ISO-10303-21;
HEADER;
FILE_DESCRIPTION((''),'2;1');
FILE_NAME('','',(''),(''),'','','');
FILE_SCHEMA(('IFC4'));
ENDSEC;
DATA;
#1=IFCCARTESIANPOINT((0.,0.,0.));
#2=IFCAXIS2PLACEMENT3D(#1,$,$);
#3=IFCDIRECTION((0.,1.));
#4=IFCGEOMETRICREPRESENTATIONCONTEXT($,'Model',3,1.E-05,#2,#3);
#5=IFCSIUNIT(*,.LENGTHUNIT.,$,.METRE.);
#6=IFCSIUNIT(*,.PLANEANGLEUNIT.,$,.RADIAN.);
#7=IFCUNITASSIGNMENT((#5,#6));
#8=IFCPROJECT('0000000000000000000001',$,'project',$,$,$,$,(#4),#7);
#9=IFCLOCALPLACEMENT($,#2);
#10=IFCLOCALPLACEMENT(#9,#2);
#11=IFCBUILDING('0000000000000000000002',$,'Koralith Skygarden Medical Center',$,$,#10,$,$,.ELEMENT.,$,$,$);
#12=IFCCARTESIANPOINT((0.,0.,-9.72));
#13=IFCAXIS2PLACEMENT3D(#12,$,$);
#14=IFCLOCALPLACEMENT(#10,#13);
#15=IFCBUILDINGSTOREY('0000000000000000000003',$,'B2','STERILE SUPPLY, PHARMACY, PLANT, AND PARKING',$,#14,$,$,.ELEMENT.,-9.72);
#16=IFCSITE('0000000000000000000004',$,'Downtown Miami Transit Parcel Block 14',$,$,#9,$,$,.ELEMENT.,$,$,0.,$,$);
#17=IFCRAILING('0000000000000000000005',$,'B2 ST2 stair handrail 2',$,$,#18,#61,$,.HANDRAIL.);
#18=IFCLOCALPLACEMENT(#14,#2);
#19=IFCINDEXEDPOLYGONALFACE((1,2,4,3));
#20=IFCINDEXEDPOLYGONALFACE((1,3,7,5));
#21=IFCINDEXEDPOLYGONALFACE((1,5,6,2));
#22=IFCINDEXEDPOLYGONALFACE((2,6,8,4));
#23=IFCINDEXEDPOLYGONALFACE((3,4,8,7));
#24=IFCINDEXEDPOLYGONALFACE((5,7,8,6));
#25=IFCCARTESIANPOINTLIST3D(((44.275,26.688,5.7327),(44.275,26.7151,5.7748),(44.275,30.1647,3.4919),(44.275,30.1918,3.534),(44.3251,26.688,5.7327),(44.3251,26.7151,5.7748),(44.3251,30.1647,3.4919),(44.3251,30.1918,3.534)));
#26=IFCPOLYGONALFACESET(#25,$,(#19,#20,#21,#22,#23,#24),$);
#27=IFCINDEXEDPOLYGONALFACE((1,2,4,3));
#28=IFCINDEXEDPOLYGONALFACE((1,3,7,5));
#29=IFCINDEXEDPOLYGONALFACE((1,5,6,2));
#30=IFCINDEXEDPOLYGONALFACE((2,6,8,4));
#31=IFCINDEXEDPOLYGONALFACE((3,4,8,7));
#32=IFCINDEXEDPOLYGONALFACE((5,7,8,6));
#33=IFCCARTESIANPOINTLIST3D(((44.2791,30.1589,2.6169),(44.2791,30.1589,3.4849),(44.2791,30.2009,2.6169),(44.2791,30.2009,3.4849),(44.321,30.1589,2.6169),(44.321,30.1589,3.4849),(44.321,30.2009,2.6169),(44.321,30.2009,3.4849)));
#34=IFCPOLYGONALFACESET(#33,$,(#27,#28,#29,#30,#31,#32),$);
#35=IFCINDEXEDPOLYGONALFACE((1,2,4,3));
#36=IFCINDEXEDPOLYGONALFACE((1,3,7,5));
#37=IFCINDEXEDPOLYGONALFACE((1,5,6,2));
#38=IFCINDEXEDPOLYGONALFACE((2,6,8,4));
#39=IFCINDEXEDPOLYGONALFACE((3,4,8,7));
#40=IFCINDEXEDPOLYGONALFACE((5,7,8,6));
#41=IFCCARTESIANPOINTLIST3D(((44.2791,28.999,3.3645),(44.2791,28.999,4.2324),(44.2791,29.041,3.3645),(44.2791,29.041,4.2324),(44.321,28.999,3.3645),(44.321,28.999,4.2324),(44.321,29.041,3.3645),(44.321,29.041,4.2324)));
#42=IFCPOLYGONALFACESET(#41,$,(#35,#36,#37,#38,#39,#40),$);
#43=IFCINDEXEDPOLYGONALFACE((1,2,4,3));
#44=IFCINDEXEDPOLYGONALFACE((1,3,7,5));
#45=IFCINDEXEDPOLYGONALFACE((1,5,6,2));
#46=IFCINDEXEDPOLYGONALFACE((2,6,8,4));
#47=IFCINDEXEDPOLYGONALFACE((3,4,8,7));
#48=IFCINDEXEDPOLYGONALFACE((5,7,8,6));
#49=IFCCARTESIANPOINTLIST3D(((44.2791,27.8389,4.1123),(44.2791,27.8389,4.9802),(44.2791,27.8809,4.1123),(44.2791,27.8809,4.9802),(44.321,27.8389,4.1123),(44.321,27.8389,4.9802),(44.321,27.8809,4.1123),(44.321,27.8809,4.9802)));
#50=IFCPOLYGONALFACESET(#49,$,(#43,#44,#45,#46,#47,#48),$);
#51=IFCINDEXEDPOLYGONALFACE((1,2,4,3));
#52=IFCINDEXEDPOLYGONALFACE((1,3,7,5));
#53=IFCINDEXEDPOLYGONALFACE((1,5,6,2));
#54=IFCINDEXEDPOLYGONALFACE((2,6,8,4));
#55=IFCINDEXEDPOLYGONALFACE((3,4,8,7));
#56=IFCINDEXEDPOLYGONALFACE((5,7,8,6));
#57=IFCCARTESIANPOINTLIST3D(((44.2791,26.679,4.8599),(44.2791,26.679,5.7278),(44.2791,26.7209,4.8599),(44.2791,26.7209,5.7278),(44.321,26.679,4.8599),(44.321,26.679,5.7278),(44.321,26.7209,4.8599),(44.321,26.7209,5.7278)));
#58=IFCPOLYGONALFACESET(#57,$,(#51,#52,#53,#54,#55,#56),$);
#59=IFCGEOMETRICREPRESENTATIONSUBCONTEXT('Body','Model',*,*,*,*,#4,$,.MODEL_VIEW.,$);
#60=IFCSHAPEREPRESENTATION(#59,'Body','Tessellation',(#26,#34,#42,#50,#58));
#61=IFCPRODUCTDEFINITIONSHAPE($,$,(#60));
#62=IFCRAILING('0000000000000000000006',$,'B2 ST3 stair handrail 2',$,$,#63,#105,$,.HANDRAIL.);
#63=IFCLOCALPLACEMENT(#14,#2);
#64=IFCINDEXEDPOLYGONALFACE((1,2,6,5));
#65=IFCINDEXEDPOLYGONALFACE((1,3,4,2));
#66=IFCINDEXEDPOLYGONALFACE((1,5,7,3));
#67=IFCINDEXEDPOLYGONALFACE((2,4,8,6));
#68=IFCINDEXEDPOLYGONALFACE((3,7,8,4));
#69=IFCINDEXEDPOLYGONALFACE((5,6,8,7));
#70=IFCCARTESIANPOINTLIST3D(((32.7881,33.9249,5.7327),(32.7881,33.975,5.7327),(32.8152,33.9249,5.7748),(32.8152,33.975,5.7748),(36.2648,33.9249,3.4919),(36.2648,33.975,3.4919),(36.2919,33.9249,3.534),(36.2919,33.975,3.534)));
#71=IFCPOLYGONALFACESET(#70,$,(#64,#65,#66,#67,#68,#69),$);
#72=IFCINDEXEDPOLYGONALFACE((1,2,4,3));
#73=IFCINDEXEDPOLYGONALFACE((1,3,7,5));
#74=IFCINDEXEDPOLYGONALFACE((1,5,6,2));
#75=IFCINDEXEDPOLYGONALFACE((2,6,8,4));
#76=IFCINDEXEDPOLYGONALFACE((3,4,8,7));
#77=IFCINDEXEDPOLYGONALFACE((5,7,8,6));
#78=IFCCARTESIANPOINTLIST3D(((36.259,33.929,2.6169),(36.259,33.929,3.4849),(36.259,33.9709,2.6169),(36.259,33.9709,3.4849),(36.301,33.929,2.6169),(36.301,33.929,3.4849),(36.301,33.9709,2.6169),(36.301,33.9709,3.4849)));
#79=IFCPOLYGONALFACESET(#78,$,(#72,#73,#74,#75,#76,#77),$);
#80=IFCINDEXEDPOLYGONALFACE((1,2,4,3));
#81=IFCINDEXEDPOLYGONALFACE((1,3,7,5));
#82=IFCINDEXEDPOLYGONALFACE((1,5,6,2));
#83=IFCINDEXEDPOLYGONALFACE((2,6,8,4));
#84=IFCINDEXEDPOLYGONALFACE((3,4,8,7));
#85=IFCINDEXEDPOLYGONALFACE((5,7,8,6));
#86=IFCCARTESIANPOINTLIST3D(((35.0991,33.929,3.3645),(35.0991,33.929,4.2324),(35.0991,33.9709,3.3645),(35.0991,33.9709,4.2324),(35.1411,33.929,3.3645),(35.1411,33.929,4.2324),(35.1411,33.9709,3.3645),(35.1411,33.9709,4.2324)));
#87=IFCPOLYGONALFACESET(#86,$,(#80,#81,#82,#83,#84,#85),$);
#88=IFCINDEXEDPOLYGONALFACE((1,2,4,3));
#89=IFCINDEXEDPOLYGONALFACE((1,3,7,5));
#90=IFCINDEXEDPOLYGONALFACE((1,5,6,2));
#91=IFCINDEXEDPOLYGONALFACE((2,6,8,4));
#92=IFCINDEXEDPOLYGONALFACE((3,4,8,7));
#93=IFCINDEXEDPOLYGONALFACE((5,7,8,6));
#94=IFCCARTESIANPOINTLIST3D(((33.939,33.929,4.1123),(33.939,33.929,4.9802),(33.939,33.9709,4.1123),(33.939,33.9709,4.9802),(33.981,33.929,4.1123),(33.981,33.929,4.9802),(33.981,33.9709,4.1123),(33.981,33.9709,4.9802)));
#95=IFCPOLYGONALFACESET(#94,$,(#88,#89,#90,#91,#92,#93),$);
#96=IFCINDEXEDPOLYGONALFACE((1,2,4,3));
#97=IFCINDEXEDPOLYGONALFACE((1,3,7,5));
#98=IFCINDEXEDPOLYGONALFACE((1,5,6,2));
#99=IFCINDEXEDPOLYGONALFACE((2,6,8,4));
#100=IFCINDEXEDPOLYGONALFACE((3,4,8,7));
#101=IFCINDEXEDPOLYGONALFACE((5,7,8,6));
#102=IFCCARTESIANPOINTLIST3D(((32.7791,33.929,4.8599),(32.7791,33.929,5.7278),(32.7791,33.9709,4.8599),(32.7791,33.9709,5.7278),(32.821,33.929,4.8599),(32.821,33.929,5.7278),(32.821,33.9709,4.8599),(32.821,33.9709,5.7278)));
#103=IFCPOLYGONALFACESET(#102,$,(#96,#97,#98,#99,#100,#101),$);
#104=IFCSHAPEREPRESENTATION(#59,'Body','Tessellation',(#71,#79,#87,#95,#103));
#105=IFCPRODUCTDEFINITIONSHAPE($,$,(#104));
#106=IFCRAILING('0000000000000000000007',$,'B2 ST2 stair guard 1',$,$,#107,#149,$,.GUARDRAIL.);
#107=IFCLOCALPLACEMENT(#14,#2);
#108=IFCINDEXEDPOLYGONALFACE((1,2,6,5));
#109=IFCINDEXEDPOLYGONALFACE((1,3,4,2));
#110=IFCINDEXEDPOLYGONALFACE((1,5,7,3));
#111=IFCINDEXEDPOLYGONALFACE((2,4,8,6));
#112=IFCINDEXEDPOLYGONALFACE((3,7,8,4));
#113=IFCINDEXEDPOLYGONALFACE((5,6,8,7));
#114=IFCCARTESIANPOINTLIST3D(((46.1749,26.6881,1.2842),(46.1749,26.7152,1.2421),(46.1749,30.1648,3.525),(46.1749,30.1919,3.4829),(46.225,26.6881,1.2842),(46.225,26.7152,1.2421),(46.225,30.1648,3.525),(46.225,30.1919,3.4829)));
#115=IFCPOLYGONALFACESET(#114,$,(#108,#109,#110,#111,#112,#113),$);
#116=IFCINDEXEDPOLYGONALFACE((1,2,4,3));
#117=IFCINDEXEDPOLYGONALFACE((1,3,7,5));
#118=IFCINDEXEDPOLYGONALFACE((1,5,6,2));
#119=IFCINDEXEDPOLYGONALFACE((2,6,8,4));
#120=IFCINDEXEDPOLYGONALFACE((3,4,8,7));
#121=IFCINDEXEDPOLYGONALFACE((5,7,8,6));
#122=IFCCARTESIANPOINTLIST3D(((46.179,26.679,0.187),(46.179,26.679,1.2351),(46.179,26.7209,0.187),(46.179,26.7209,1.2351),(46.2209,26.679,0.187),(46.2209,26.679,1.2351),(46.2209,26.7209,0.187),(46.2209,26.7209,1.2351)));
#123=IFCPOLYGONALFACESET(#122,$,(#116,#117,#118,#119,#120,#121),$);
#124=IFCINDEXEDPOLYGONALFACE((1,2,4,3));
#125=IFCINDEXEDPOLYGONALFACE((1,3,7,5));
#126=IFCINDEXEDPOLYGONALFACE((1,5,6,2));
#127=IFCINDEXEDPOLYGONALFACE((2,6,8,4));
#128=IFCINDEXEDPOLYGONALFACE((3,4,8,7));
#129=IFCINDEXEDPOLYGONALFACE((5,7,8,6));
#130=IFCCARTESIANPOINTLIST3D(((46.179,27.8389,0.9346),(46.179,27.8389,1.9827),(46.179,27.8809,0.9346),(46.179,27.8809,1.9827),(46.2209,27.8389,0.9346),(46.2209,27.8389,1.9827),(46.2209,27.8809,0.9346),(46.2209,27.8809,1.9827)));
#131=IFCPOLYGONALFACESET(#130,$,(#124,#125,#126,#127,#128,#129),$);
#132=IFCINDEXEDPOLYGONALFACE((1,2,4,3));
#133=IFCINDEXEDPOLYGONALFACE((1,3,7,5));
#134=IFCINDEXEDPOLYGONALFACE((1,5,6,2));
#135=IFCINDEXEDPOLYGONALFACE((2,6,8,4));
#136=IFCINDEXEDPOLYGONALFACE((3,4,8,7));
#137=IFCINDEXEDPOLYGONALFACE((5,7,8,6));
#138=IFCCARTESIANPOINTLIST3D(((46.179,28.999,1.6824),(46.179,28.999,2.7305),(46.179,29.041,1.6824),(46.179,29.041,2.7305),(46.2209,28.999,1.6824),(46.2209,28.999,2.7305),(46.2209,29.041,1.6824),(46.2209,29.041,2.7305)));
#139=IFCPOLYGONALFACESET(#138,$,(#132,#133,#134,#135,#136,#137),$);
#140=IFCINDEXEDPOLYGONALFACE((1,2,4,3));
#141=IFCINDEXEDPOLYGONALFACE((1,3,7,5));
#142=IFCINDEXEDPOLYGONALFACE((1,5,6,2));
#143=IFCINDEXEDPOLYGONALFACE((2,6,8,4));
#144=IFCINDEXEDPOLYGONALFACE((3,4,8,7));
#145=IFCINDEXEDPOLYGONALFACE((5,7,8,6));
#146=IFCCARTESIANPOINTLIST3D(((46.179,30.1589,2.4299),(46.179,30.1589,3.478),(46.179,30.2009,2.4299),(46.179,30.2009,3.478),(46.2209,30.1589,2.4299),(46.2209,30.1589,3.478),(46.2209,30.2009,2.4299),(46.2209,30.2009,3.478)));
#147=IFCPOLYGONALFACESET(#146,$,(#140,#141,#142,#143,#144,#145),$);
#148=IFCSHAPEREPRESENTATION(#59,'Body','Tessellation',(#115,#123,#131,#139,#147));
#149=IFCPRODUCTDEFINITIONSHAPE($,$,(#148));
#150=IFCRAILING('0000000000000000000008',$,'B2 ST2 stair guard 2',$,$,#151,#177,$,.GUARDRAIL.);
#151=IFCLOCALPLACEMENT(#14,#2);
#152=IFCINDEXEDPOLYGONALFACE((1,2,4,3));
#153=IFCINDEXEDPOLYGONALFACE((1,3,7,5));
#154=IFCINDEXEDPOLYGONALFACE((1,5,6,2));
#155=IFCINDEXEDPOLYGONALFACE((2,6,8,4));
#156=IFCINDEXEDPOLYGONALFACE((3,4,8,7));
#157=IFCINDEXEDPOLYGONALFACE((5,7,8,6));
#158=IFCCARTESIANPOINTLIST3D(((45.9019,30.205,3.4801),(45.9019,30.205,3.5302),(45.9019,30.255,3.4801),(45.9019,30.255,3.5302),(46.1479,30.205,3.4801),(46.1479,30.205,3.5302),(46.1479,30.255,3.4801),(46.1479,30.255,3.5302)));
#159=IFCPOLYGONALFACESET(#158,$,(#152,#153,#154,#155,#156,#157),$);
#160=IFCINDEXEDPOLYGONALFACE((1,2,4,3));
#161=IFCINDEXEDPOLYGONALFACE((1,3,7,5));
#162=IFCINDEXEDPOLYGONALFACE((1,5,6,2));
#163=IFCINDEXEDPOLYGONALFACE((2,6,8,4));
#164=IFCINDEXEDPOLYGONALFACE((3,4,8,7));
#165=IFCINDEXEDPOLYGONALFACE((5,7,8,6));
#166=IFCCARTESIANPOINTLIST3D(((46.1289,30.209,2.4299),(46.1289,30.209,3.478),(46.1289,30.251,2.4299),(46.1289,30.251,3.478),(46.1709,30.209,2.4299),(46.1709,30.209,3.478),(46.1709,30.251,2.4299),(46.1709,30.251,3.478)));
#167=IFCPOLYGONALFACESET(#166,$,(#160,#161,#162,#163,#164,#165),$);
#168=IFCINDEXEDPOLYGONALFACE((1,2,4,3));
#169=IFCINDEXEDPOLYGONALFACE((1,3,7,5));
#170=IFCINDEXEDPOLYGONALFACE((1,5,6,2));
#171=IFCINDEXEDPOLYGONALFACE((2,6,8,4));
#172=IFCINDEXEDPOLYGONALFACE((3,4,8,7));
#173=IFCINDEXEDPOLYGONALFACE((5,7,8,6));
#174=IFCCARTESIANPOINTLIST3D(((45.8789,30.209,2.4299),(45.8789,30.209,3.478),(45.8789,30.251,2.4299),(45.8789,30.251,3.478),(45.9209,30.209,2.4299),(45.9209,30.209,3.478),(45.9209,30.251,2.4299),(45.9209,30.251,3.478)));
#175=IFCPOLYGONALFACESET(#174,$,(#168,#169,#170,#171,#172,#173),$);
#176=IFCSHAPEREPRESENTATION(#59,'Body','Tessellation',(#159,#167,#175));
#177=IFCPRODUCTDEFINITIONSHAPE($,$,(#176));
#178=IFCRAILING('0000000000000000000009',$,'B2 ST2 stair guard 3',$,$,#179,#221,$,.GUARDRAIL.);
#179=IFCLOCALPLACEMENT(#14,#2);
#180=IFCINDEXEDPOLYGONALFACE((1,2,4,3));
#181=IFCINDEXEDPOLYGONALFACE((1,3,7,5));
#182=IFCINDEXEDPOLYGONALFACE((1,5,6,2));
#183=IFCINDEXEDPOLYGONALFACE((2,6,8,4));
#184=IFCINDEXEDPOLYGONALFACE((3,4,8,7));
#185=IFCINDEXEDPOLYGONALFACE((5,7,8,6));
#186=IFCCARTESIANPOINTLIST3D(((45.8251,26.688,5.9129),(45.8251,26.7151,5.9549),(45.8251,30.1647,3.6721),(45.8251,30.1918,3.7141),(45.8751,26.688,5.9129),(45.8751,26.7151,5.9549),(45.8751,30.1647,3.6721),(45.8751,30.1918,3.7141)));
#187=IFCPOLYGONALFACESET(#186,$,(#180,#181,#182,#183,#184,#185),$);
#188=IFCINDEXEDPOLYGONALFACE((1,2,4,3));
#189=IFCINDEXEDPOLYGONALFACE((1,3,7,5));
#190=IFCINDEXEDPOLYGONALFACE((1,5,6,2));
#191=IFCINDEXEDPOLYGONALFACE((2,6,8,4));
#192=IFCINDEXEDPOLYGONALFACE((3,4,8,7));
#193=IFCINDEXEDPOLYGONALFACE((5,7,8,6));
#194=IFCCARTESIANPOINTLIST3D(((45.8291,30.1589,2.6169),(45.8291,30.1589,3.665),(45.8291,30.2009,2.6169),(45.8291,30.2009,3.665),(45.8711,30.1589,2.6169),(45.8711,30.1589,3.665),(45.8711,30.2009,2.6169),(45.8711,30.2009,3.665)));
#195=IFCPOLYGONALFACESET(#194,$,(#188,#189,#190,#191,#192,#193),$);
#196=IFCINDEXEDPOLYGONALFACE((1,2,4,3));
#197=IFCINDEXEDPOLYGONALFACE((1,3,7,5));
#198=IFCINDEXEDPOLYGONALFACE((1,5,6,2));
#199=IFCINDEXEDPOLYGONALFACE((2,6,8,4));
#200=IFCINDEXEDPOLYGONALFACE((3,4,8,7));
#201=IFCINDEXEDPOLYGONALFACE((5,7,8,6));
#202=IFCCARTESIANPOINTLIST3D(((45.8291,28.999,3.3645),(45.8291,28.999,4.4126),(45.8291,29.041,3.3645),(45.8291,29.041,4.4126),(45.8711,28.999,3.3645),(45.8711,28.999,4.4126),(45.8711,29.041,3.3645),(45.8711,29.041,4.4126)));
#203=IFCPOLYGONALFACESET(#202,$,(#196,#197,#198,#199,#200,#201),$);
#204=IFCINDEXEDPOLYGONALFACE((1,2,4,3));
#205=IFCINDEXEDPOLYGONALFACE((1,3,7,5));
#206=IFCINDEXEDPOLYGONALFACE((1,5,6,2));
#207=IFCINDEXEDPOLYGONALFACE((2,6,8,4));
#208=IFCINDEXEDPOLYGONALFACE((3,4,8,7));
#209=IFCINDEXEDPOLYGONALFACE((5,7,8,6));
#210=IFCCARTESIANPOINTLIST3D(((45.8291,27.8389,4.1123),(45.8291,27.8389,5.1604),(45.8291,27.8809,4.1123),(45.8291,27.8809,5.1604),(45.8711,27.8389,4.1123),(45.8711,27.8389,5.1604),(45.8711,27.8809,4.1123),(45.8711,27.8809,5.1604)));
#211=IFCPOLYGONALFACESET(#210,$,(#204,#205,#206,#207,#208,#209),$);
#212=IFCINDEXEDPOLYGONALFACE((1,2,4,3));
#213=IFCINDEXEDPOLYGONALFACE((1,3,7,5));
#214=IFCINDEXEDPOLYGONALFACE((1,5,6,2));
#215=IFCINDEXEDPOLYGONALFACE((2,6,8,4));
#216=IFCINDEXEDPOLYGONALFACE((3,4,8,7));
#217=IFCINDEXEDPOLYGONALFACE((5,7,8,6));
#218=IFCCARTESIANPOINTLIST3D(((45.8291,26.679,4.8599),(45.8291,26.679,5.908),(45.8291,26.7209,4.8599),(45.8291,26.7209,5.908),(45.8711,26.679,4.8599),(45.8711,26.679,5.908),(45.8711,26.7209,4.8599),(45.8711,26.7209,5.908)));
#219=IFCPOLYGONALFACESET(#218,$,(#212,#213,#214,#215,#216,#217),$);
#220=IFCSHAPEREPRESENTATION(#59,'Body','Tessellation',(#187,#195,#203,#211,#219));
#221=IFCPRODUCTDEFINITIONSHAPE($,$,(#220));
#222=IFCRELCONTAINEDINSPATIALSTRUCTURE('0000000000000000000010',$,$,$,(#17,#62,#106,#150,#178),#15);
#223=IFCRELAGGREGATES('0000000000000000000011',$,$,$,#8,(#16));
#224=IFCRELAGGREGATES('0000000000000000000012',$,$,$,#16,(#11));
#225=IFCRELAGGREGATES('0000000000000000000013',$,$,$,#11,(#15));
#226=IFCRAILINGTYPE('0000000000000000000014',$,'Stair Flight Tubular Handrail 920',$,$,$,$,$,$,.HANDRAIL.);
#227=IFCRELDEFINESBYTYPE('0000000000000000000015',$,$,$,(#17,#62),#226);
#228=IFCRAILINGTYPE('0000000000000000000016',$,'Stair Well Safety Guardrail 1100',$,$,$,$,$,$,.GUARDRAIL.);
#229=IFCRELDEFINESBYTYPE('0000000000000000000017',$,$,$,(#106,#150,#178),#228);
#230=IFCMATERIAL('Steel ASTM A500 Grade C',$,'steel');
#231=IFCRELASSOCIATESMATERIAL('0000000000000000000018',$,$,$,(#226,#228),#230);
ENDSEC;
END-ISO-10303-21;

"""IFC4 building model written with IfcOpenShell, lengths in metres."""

from ifc_helpers import new_model, si_unit, direction, frame, origin, origin_2d, place, context, subcontext, project, spatial, rectangle, extrude, material, type_object, element, save


model = new_model("IFC4")

# Units and contexts
model_context = context("Model", 3, precision=1e-05, world=origin(), true_north=direction((0.0, 1.0)))
body_context = subcontext(model_context, "Body", "Model", "MODEL_VIEW")
ifc_project = project(units=[si_unit("LENGTHUNIT", "METRE"), si_unit("PLANEANGLEUNIT", "RADIAN")], contexts=[model_context])

# Site, building, storey
site_placement = place(None, origin())
site = spatial("IfcSite", under=ifc_project, at=site_placement, Name="Downtown Miami Transit Parcel Block 14", CompositionType="ELEMENT", RefElevation=0.0)
building_placement = place(site_placement, origin())
building = spatial("IfcBuilding", under=site, at=building_placement, Name="Koralith Skygarden Medical Center", CompositionType="ELEMENT")
storey_placement = place(building_placement, frame((0.0, 0.0, -9.72)))
storey = spatial("IfcBuildingStorey", under=building, at=storey_placement, Name="B2", Description="STERILE SUPPLY, PHARMACY, PLANT, AND PARKING", CompositionType="ELEMENT", Elevation=-9.72)

# Railings
ifc_material_1 = material(Name="Steel ASTM A500 Grade C", Category="steel")
railing_type_1 = type_object("IfcRailingType", Name="Stair Flight Tubular Handrail 920", PredefinedType="HANDRAIL", material=ifc_material_1)
railing_1_placement = place(storey_placement, frame((44.3, 30.1799, 2.6169)))
element("IfcRailing", 1, at=railing_1_placement, inside=storey, type_object=railing_type_1, Name="B2 ST2 stair handrail 2", PredefinedType="HANDRAIL", context=body_context, shape_type="SweptSolid", body=[
    extrude(rectangle(XDim=0.05, YDim=0.05, at=origin_2d()), frame((0.0, -0.0017, 0.896), z_axis=(0.0, -0.840542, 0.541747), x_axis=(1.0, 0.0, 0.0)), (0.0, 0.0, 1.0), 4.1362),
    extrude(rectangle(XDim=0.042, YDim=0.042, at=origin_2d()), origin(), (0.0, 0.0, 1.0), 0.8679),
    extrude(rectangle(XDim=0.042, YDim=0.042, at=origin_2d()), frame((0.0, -1.1599, 0.7476)), (0.0, 0.0, 1.0), 0.8679),
    extrude(rectangle(XDim=0.042, YDim=0.042, at=origin_2d()), frame((0.0, -2.3201, 1.4954)), (0.0, 0.0, 1.0), 0.8679),
    extrude(rectangle(XDim=0.042, YDim=0.042, at=origin_2d()), frame((0.0, -3.48, 2.2429)), (0.0, 0.0, 1.0), 0.8679),
])
railing_2_placement = place(storey_placement, frame((36.28, 33.95, 2.6169)))
element("IfcRailing", 2, at=railing_2_placement, inside=storey, type_object=railing_type_1, Name="B2 ST3 stair handrail 2", PredefinedType="HANDRAIL", context=body_context, shape_type="SweptSolid", body=[
    extrude(rectangle(XDim=0.05, YDim=0.05, at=origin_2d()), frame((-0.0017, 0.0, 0.896), z_axis=(-0.840542, 0.0, 0.541747), x_axis=(0.0, -1.0, 0.0)), (0.0, 0.0, 1.0), 4.1362),
    extrude(rectangle(XDim=0.042, YDim=0.042, at=origin_2d()), origin(), (0.0, 0.0, 1.0), 0.8679),
    extrude(rectangle(XDim=0.042, YDim=0.042, at=origin_2d()), frame((-1.1599, 0.0, 0.7476)), (0.0, 0.0, 1.0), 0.8679),
    extrude(rectangle(XDim=0.042, YDim=0.042, at=origin_2d()), frame((-2.3201, 0.0, 1.4954)), (0.0, 0.0, 1.0), 0.8679),
    extrude(rectangle(XDim=0.042, YDim=0.042, at=origin_2d()), frame((-3.48, 0.0, 2.2429)), (0.0, 0.0, 1.0), 0.8679),
])
railing_type_2 = type_object("IfcRailingType", Name="Stair Well Safety Guardrail 1100", PredefinedType="GUARDRAIL", material=ifc_material_1)
railing_3_placement = place(storey_placement, frame((46.2, 26.7, 0.187)))
element("IfcRailing", 3, at=railing_3_placement, inside=storey, type_object=railing_type_2, Name="B2 ST2 stair guard 1", PredefinedType="GUARDRAIL", context=body_context, shape_type="SweptSolid", body=[
    extrude(rectangle(XDim=0.05, YDim=0.05, at=origin_2d()), frame((0.0, 0.0017, 1.0762), z_axis=(0.0, 0.840542, 0.541747), x_axis=(-1.0, 0.0, 0.0)), (0.0, 0.0, 1.0), 4.1362),
    extrude(rectangle(XDim=0.042, YDim=0.042, at=origin_2d()), origin(), (0.0, 0.0, 1.0), 1.0481),
    extrude(rectangle(XDim=0.042, YDim=0.042, at=origin_2d()), frame((0.0, 1.1599, 0.7476)), (0.0, 0.0, 1.0), 1.0481),
    extrude(rectangle(XDim=0.042, YDim=0.042, at=origin_2d()), frame((0.0, 2.3201, 1.4954)), (0.0, 0.0, 1.0), 1.0481),
    extrude(rectangle(XDim=0.042, YDim=0.042, at=origin_2d()), frame((0.0, 3.48, 2.2429)), (0.0, 0.0, 1.0), 1.0481),
])
railing_4_placement = place(storey_placement, frame((46.1499, 30.23, 2.4299)))
element("IfcRailing", 4, at=railing_4_placement, inside=storey, type_object=railing_type_2, Name="B2 ST2 stair guard 2", PredefinedType="GUARDRAIL", context=body_context, shape_type="SweptSolid", body=[
    extrude(rectangle(XDim=0.05, YDim=0.05, at=origin_2d()), frame((-0.002, 0.0, 1.0752), z_axis=(-1.0, 0.0, 0.0), x_axis=(0.0, -1.0, 0.0)), (0.0, 0.0, 1.0), 0.2461),
    extrude(rectangle(XDim=0.042, YDim=0.042, at=origin_2d()), origin(), (0.0, 0.0, 1.0), 1.0481),
    extrude(rectangle(XDim=0.042, YDim=0.042, at=origin_2d()), frame((-0.25, 0.0, 0.0)), (0.0, 0.0, 1.0), 1.0481),
])
railing_5_placement = place(storey_placement, frame((45.8501, 30.1799, 2.6169)))
element("IfcRailing", 5, at=railing_5_placement, inside=storey, type_object=railing_type_2, Name="B2 ST2 stair guard 3", PredefinedType="GUARDRAIL", context=body_context, shape_type="SweptSolid", body=[
    extrude(rectangle(XDim=0.05, YDim=0.05, at=origin_2d()), frame((0.0, -0.0017, 1.0762), z_axis=(0.0, -0.840542, 0.541747), x_axis=(1.0, 0.0, 0.0)), (0.0, 0.0, 1.0), 4.1362),
    extrude(rectangle(XDim=0.042, YDim=0.042, at=origin_2d()), origin(), (0.0, 0.0, 1.0), 1.0481),
    extrude(rectangle(XDim=0.042, YDim=0.042, at=origin_2d()), frame((0.0, -1.1599, 0.7476)), (0.0, 0.0, 1.0), 1.0481),
    extrude(rectangle(XDim=0.042, YDim=0.042, at=origin_2d()), frame((0.0, -2.3201, 1.4954)), (0.0, 0.0, 1.0), 1.0481),
    extrude(rectangle(XDim=0.042, YDim=0.042, at=origin_2d()), frame((0.0, -3.48, 2.2429)), (0.0, 0.0, 1.0), 1.0481),
])

save(model, "model.ifc")
